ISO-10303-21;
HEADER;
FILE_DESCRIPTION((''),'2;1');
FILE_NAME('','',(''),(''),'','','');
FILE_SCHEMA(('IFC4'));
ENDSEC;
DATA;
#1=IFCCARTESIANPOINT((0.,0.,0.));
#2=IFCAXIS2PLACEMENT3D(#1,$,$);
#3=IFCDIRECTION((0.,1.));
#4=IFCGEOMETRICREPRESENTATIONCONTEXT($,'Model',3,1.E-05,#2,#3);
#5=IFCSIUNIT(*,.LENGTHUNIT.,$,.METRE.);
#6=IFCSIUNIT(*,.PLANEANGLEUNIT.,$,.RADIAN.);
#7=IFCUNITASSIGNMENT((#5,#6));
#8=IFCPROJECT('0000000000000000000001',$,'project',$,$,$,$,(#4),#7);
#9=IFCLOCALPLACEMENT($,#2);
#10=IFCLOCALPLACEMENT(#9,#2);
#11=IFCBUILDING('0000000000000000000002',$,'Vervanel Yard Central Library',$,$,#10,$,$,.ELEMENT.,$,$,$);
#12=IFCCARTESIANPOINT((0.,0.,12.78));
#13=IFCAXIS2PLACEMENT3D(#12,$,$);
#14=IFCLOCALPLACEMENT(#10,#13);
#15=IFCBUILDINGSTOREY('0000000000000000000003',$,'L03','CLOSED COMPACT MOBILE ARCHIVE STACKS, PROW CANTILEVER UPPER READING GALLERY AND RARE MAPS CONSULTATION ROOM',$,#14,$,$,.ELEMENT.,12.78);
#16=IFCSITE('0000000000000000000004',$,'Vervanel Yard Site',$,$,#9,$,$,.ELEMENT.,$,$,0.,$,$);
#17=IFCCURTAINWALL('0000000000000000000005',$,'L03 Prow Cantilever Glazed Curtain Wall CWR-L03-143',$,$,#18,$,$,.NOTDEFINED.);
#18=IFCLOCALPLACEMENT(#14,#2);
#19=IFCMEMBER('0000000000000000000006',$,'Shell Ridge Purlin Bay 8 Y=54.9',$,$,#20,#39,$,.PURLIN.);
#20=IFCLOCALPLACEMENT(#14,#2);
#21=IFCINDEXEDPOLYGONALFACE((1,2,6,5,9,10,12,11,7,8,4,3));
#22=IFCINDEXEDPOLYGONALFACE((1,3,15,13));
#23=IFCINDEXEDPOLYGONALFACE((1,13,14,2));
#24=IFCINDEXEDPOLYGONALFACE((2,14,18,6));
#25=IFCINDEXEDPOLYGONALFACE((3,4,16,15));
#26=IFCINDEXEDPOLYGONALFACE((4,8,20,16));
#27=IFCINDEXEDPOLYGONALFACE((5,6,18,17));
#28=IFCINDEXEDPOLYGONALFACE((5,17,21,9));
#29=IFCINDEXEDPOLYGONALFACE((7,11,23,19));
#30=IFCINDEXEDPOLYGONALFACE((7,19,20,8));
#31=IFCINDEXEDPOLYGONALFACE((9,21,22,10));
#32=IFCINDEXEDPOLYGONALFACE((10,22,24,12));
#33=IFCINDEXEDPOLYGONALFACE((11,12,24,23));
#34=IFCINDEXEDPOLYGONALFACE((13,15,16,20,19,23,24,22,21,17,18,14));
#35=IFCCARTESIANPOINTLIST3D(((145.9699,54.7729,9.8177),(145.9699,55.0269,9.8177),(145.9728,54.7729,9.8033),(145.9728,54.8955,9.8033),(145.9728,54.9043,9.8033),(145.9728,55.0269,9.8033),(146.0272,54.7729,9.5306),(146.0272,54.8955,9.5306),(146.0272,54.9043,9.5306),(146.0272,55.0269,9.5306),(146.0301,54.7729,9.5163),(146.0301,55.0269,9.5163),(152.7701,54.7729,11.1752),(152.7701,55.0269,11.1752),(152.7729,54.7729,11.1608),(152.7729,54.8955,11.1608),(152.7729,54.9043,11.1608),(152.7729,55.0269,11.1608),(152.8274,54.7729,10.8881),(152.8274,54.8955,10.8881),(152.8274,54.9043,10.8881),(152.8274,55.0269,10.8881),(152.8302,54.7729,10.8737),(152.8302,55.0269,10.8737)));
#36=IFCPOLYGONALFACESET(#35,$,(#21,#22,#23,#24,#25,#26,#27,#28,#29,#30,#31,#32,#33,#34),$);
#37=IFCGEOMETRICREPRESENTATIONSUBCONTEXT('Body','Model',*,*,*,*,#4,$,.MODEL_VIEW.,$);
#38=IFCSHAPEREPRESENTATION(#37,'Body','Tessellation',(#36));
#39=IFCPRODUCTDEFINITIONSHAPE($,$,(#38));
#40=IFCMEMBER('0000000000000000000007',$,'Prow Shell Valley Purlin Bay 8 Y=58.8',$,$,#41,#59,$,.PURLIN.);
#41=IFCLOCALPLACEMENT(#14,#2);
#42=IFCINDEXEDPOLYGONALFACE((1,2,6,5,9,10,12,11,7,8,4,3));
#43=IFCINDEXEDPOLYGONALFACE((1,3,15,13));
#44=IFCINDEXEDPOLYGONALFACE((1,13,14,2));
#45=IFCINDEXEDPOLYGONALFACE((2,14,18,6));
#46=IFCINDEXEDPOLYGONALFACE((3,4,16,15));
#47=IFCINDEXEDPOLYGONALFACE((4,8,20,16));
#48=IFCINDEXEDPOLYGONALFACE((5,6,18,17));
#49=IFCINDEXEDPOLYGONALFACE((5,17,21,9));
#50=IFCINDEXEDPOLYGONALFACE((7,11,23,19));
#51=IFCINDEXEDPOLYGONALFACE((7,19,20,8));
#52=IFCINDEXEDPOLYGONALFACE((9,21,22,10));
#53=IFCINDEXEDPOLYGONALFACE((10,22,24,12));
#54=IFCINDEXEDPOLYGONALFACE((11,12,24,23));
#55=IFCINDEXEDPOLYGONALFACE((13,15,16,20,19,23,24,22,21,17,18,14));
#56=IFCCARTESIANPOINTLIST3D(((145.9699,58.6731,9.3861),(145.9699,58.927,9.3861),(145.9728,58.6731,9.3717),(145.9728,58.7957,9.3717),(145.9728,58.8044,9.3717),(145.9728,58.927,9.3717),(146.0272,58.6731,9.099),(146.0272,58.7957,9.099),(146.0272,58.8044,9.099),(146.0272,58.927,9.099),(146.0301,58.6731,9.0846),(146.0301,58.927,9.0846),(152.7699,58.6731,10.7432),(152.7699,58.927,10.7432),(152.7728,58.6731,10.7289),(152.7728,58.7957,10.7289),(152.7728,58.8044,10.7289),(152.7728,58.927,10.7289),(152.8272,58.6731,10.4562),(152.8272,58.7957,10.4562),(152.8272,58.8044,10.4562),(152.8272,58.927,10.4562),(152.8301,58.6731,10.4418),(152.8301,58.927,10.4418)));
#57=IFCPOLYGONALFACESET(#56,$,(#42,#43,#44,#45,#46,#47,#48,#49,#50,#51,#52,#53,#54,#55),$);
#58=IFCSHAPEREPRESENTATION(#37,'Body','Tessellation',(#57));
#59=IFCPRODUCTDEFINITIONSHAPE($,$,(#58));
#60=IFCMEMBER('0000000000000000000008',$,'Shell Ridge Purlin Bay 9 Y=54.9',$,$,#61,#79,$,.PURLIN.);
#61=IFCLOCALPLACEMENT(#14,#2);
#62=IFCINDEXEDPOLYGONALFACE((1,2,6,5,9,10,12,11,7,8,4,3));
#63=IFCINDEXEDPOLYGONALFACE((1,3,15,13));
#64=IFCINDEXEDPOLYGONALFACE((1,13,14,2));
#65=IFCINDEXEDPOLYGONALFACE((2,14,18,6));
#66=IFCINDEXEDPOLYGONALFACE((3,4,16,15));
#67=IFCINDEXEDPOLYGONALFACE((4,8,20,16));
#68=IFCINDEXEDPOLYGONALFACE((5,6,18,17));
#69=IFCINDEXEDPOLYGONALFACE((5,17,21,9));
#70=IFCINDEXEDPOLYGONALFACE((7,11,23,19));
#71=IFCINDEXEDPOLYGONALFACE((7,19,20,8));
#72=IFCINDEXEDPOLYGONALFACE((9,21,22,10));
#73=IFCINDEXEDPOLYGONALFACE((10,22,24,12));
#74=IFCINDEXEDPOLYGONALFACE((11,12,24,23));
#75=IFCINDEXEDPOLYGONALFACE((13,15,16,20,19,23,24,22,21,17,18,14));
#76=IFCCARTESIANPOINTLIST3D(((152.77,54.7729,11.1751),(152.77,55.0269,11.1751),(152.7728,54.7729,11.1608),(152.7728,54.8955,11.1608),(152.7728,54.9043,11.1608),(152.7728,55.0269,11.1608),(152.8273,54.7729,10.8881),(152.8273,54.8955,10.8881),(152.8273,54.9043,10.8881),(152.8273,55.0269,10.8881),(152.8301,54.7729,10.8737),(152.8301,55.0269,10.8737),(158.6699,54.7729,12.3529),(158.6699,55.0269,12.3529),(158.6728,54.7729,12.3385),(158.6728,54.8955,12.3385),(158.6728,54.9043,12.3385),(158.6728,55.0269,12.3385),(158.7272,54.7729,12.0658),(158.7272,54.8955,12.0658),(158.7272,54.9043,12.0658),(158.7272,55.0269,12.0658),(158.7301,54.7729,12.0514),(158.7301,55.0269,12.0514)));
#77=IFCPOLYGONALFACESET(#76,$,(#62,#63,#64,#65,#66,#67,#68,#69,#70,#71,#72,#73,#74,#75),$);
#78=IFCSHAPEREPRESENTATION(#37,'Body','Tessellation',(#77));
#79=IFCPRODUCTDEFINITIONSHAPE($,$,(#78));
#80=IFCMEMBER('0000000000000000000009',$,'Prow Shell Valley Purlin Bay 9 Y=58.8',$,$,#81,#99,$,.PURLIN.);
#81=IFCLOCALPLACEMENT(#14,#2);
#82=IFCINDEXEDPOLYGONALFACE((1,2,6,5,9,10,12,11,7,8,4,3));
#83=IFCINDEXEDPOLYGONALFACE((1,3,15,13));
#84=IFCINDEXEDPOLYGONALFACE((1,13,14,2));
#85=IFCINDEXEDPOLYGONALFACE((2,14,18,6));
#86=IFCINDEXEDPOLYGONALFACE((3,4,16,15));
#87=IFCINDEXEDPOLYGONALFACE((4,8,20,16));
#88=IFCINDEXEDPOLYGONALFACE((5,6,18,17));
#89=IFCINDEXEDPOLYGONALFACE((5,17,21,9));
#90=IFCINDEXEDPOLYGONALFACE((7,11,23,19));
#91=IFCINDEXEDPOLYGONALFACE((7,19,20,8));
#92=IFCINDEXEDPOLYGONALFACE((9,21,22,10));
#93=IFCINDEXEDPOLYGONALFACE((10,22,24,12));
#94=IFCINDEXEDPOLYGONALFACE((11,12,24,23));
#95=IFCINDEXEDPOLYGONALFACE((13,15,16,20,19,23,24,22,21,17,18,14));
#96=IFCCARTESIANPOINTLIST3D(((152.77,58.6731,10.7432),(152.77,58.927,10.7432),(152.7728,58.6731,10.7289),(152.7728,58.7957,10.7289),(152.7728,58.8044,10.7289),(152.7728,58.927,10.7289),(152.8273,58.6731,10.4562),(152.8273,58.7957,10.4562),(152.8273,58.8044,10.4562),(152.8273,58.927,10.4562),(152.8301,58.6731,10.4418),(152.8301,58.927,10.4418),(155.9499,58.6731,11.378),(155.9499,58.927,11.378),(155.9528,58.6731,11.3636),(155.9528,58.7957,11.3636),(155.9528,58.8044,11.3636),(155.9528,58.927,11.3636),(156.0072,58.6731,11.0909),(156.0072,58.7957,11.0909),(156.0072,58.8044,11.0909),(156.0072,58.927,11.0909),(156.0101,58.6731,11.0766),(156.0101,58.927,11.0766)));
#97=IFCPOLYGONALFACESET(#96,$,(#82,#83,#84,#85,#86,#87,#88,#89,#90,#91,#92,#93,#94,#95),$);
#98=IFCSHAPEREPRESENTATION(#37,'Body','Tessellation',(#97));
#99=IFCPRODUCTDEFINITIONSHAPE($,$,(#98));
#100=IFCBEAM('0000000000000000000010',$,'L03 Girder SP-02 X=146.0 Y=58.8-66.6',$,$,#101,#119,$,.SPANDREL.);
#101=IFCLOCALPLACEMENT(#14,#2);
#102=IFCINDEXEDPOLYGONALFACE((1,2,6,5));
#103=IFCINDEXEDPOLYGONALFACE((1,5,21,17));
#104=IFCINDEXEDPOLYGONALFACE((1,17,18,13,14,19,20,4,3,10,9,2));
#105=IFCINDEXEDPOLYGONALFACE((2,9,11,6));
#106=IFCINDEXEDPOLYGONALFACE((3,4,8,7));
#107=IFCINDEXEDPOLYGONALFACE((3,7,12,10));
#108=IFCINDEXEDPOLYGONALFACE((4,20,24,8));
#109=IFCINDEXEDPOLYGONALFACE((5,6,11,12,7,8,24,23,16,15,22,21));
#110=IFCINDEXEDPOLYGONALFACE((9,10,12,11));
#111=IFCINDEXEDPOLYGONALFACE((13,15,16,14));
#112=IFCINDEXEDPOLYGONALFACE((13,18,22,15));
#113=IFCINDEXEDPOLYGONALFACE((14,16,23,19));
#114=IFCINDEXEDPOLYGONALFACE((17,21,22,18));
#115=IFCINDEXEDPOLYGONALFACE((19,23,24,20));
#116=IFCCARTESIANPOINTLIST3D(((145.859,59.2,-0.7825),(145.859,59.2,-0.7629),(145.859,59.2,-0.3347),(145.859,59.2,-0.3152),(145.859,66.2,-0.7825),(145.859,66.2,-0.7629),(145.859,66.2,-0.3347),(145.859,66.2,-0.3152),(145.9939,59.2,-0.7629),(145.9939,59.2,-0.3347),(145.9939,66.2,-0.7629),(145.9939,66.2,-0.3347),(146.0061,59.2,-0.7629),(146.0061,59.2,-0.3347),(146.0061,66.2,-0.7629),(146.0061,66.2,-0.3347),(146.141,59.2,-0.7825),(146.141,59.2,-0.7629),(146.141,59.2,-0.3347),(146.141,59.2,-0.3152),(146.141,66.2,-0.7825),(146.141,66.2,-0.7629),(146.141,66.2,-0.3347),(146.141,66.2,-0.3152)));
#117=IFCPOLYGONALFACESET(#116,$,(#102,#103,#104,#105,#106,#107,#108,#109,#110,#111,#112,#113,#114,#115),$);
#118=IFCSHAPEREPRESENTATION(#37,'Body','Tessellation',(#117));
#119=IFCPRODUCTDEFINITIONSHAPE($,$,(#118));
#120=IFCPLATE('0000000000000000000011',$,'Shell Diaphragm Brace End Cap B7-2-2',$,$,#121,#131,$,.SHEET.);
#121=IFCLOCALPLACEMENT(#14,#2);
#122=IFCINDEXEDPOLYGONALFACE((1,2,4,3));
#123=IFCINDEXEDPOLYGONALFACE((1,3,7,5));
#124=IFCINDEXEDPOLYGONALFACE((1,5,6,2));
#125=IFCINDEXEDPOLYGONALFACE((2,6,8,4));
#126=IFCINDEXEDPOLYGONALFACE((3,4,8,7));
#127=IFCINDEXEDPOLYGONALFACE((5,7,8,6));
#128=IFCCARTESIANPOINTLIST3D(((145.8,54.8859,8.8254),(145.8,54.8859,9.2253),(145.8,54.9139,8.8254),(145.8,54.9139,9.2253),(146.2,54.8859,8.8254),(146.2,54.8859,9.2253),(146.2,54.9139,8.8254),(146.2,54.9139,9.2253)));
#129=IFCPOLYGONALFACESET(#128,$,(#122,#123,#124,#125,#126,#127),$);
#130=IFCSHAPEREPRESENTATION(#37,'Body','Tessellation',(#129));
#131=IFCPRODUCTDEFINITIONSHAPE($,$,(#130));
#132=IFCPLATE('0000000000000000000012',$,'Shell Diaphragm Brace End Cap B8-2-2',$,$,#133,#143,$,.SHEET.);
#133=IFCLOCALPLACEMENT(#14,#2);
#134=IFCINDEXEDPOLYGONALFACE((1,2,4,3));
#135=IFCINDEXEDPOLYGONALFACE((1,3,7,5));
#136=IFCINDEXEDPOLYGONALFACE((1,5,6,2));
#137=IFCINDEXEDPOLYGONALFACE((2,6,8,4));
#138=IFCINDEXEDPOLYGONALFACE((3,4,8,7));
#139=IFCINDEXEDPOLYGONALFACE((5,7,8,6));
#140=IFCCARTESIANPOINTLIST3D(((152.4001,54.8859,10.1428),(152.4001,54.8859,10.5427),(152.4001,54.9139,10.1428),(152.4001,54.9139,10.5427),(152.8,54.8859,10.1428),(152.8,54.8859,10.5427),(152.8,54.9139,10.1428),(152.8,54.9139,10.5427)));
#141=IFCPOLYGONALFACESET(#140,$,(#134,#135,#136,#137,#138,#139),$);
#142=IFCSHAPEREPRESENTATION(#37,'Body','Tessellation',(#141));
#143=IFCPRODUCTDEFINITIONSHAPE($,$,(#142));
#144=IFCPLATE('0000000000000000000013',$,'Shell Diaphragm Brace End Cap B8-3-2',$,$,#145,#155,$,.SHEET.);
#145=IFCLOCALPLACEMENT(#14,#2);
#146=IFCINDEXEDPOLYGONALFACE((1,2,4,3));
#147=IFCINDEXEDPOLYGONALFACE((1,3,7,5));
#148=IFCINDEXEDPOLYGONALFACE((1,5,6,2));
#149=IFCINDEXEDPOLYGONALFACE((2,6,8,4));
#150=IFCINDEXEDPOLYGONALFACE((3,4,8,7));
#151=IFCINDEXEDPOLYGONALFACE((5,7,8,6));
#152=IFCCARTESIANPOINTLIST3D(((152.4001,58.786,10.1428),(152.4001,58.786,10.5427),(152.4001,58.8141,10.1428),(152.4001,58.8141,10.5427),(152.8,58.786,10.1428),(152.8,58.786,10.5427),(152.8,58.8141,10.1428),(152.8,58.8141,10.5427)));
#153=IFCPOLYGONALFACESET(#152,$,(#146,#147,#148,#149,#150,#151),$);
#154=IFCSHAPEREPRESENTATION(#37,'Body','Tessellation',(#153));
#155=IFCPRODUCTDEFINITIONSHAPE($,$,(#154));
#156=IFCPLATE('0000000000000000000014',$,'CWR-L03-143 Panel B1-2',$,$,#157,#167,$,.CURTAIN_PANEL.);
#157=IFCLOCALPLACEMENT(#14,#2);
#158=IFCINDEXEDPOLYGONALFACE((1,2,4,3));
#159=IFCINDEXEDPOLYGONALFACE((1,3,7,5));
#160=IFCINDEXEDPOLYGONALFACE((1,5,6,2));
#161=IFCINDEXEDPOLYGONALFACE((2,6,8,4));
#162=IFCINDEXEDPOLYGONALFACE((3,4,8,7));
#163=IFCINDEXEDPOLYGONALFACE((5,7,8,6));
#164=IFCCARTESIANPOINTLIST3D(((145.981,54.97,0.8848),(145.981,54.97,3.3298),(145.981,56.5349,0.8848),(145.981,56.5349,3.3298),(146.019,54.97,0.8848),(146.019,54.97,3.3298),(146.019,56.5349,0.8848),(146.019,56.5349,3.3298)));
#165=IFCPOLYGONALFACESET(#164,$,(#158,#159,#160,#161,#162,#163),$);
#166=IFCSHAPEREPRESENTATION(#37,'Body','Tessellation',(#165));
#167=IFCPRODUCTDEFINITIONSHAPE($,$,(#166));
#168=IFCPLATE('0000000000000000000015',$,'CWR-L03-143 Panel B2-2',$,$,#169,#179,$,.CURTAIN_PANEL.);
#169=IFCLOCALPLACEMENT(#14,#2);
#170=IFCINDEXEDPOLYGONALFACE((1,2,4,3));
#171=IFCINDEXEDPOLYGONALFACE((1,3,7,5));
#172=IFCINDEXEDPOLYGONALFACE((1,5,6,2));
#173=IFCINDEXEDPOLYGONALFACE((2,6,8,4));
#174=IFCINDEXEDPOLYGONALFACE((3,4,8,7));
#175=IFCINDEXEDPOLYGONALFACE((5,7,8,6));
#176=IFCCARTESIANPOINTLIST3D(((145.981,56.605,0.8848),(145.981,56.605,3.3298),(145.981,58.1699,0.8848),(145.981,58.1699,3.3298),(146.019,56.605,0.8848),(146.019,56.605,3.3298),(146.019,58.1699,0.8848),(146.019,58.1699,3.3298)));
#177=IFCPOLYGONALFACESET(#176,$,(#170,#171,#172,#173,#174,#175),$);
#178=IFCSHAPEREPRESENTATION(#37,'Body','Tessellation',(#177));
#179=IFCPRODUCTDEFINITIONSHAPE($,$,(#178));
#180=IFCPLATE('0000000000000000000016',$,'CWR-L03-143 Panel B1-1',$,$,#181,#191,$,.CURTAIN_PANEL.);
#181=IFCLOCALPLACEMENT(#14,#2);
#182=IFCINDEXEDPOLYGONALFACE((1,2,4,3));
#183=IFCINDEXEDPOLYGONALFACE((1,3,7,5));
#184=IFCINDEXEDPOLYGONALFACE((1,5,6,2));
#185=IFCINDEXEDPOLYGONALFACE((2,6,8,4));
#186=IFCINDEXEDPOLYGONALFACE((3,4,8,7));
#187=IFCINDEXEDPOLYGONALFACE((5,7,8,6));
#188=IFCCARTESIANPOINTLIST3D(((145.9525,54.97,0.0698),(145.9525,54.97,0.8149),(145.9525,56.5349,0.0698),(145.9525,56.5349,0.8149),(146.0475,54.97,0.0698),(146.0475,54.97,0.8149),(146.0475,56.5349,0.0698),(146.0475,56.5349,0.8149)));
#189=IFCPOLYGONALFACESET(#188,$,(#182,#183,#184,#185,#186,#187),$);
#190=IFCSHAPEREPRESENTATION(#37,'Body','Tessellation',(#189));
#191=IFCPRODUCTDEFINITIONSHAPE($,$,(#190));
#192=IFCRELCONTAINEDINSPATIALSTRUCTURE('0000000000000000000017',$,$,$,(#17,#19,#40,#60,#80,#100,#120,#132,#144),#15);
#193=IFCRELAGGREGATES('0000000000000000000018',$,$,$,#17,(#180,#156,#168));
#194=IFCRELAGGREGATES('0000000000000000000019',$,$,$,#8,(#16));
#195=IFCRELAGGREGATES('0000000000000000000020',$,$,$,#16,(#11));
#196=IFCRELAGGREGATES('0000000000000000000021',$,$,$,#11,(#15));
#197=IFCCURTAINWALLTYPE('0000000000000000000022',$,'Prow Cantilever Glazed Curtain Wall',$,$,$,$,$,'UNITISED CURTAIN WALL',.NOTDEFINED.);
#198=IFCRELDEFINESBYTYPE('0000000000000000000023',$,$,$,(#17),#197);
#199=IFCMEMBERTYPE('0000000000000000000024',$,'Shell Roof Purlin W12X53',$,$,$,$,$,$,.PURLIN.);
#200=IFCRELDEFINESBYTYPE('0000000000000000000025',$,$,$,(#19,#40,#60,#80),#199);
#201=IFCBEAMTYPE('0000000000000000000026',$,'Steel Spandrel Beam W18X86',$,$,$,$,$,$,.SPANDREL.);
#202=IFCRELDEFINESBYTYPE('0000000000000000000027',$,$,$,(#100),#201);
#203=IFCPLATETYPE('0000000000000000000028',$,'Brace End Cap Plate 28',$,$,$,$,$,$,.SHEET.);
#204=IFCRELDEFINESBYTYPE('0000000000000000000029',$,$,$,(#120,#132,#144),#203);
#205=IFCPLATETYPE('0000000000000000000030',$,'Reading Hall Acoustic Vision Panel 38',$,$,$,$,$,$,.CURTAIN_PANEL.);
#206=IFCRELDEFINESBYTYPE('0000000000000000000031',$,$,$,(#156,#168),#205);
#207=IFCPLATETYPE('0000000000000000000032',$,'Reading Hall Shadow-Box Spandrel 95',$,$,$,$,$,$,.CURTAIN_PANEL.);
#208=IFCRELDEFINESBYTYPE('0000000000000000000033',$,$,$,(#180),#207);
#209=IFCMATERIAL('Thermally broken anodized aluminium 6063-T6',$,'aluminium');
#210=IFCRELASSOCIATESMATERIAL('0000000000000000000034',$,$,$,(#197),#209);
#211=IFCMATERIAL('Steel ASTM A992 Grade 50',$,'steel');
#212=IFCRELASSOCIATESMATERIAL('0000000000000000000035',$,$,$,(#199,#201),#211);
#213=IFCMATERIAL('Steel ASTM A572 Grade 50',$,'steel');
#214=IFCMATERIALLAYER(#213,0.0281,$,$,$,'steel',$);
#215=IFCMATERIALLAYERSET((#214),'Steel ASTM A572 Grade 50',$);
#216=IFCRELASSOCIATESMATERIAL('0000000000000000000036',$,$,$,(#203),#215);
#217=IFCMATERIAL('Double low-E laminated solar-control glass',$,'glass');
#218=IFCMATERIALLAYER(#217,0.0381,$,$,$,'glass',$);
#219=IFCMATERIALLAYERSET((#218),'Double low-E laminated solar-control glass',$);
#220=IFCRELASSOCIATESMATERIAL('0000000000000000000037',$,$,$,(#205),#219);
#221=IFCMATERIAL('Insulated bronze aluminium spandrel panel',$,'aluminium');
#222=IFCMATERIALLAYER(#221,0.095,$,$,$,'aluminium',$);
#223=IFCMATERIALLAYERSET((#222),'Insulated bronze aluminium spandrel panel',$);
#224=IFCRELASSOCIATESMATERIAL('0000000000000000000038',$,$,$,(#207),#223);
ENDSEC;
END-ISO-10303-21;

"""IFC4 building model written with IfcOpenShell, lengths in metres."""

from ifc_helpers import new_model, si_unit, direction, frame, origin, origin_2d, place, context, subcontext, project, spatial, rectangle, i_section, extrude, material, layer, layer_set, material_profile, profile_set, type_object, element, aggregate, save


model = new_model("IFC4")

# Units and contexts
model_context = context("Model", 3, precision=1e-05, world=origin(), true_north=direction((0.0, 1.0)))
body_context = subcontext(model_context, "Body", "Model", "MODEL_VIEW")
ifc_project = project(units=[si_unit("LENGTHUNIT", "METRE"), si_unit("PLANEANGLEUNIT", "RADIAN")], contexts=[model_context])

# Site, building, storey
site_placement = place(None, origin())
site = spatial("IfcSite", under=ifc_project, at=site_placement, Name="Vervanel Yard Site", CompositionType="ELEMENT", RefElevation=0.0)
building_placement = place(site_placement, origin())
building = spatial("IfcBuilding", under=site, at=building_placement, Name="Vervanel Yard Central Library", CompositionType="ELEMENT")
storey_placement = place(building_placement, frame((0.0, 0.0, 12.78)))
storey = spatial("IfcBuildingStorey", under=building, at=storey_placement, Name="L03", Description="CLOSED COMPACT MOBILE ARCHIVE STACKS, PROW CANTILEVER UPPER READING GALLERY AND RARE MAPS CONSULTATION ROOM", CompositionType="ELEMENT", Elevation=12.78)

# Curtain wall
ifc_material_1 = material(Name="Thermally broken anodized aluminium 6063-T6", Category="aluminium")
curtain_wall_type = type_object("IfcCurtainWallType", Name="Prow Cantilever Glazed Curtain Wall", ElementType="UNITISED CURTAIN WALL", PredefinedType="NOTDEFINED", material=ifc_material_1)
curtain_wall_1_placement = place(storey_placement, origin())
curtain_wall_1 = element("IfcCurtainWall", 1, at=curtain_wall_1_placement, inside=storey, type_object=curtain_wall_type, Name="L03 Prow Cantilever Glazed Curtain Wall CWR-L03-143", PredefinedType="NOTDEFINED")

# Members
ifc_material_2 = material(Name="Steel ASTM A992 Grade 50", Category="steel")
ifc_material_profile_1 = material_profile(ifc_material_2, i_section(OverallWidth=0.2539, OverallDepth=0.3074, WebThickness=0.0088, FlangeThickness=0.0146, at=origin_2d()), Name="W12X53", Category="steel")
ifc_profile_set_1 = profile_set([ifc_material_profile_1], Name="Steel ASTM A992 Grade 50")
member_type_1 = type_object("IfcMemberType", Name="Shell Roof Purlin W12X53", PredefinedType="PURLIN", material=ifc_profile_set_1)
member_1_placement = place(storey_placement, frame((146.0, 54.8999, 9.667), z_axis=(0.980652, 0.0, 0.195757), x_axis=(0.0, 1.0, 0.0)))
element("IfcMember", 2, at=member_1_placement, inside=storey, type_object=member_type_1, Name="Shell Ridge Purlin Bay 8 Y=54.9", PredefinedType="PURLIN", context=body_context, shape_type="SweptSolid", body=[
    extrude(i_section(OverallWidth=0.2539, OverallDepth=0.3074, WebThickness=0.0088, FlangeThickness=0.0146, at=origin_2d()), origin(), (0.0, 0.0, 1.0), 6.9343),
])
member_2_placement = place(storey_placement, frame((146.0, 58.8, 9.2354), z_axis=(0.980659, 0.0, 0.195723), x_axis=(0.0, 1.0, 0.0)))
element("IfcMember", 3, at=member_2_placement, inside=storey, type_object=member_type_1, Name="Prow Shell Valley Purlin Bay 8 Y=58.8", PredefinedType="PURLIN", context=body_context, shape_type="SweptSolid", body=[
    extrude(i_section(OverallWidth=0.2539, OverallDepth=0.3074, WebThickness=0.0088, FlangeThickness=0.0146, at=origin_2d()), origin(), (0.0, 0.0, 1.0), 6.9341),
])
member_3_placement = place(storey_placement, frame((152.8, 54.8999, 11.0244), z_axis=(0.980652, 0.0, 0.195757), x_axis=(0.0, 1.0, 0.0)))
element("IfcMember", 4, at=member_3_placement, inside=storey, type_object=member_type_1, Name="Shell Ridge Purlin Bay 9 Y=54.9", PredefinedType="PURLIN", context=body_context, shape_type="SweptSolid", body=[
    extrude(i_section(OverallWidth=0.2539, OverallDepth=0.3074, WebThickness=0.0088, FlangeThickness=0.0146, at=origin_2d()), origin(), (0.0, 0.0, 1.0), 6.0164),
])
member_4_placement = place(storey_placement, frame((152.8, 58.8, 10.5925), z_axis=(0.980653, 0.0, 0.195754), x_axis=(0.0, 1.0, 0.0)))
element("IfcMember", 5, at=member_4_placement, inside=storey, type_object=member_type_1, Name="Prow Shell Valley Purlin Bay 9 Y=58.8", PredefinedType="PURLIN", context=body_context, shape_type="SweptSolid", body=[
    extrude(i_section(OverallWidth=0.2539, OverallDepth=0.3074, WebThickness=0.0088, FlangeThickness=0.0146, at=origin_2d()), origin(), (0.0, 0.0, 1.0), 3.2427),
])

# Beam
ifc_material_profile_2 = material_profile(ifc_material_2, i_section(OverallWidth=0.282, OverallDepth=0.4673, WebThickness=0.0122, FlangeThickness=0.0195, at=origin_2d()), Name="W18X86", Category="steel")
ifc_profile_set_2 = profile_set([ifc_material_profile_2], Name="Steel ASTM A992 Grade 50")
beam_type = type_object("IfcBeamType", Name="Steel Spandrel Beam W18X86", PredefinedType="SPANDREL", material=ifc_profile_set_2)
beam_placement = place(storey_placement, frame((146.0, 59.2, -0.5488), z_axis=(0.0, 1.0, 0.0), x_axis=(-1.0, 0.0, 0.0)))
element("IfcBeam", 6, at=beam_placement, inside=storey, type_object=beam_type, Name="L03 Girder SP-02 X=146.0 Y=58.8-66.6", PredefinedType="SPANDREL", context=body_context, shape_type="SweptSolid", body=[
    extrude(i_section(OverallWidth=0.282, OverallDepth=0.4673, WebThickness=0.0122, FlangeThickness=0.0195, at=origin_2d()), origin(), (0.0, 0.0, 1.0), 7.0),
])

# Plates
ifc_material_3 = material(Name="Steel ASTM A572 Grade 50", Category="steel")
ifc_layer_1 = layer(ifc_material_3, 0.0281, Category="steel")
ifc_layer_set_1 = layer_set([ifc_layer_1], Name="Steel ASTM A572 Grade 50")
plate_type_1 = type_object("IfcPlateType", Name="Brace End Cap Plate 28", PredefinedType="SHEET", material=ifc_layer_set_1)
for number, where, z_axis, x_axis, name in (
    (7, (146.0, 54.8999, 8.8254), (0.0, 0.0, 1.0), (1.0, 0.0, 0.0), "Shell Diaphragm Brace End Cap B7-2-2"),
    (8, (152.6001, 54.8999, 10.1428), (0.0, 0.0, 1.0), (1.0, 0.0, 0.0), "Shell Diaphragm Brace End Cap B8-2-2"),
    (9, (152.6001, 58.8, 10.1428), (0.0, 0.0, 1.0), (1.0, 0.0, 0.0), "Shell Diaphragm Brace End Cap B8-3-2"),
):
    element("IfcPlate", number, at=place(storey_placement, frame(where, z_axis=z_axis, x_axis=x_axis)), inside=storey, type_object=plate_type_1, Name=name, PredefinedType="SHEET", context=body_context, shape_type="SweptSolid", body=[
        extrude(rectangle(XDim=0.3999, YDim=0.0281, at=origin_2d()), origin(), (0.0, 0.0, 1.0), 0.3999),
    ])

# Plates
ifc_material_4 = material(Name="Double low-E laminated solar-control glass", Category="glass")
ifc_layer_2 = layer(ifc_material_4, 0.0381, Category="glass")
ifc_layer_set_2 = layer_set([ifc_layer_2], Name="Double low-E laminated solar-control glass")
plate_type_2 = type_object("IfcPlateType", Name="Reading Hall Acoustic Vision Panel 38", PredefinedType="CURTAIN_PANEL", material=ifc_layer_set_2)
plate_1_placement = place(storey_placement, frame((146.0, 55.7524, 0.8848), z_axis=(0.0, 0.0, 1.0), x_axis=(0.0, 1.0, 0.0)))
plate_1 = element("IfcPlate", 10, at=plate_1_placement, type_object=plate_type_2, Name="CWR-L03-143 Panel B1-2", PredefinedType="CURTAIN_PANEL", context=body_context, shape_type="SweptSolid", body=[
    extrude(rectangle(XDim=1.5649, YDim=0.0381, at=origin_2d()), origin(), (0.0, 0.0, 1.0), 2.4451),
])
plate_2_placement = place(storey_placement, frame((146.0, 57.3875, 0.8848), z_axis=(0.0, 0.0, 1.0), x_axis=(0.0, 1.0, 0.0)))
plate_2 = element("IfcPlate", 11, at=plate_2_placement, type_object=plate_type_2, Name="CWR-L03-143 Panel B2-2", PredefinedType="CURTAIN_PANEL", context=body_context, shape_type="SweptSolid", body=[
    extrude(rectangle(XDim=1.5649, YDim=0.0381, at=origin_2d()), origin(), (0.0, 0.0, 1.0), 2.4451),
])
ifc_material_5 = material(Name="Insulated bronze aluminium spandrel panel", Category="aluminium")
ifc_layer_3 = layer(ifc_material_5, 0.095, Category="aluminium")
ifc_layer_set_3 = layer_set([ifc_layer_3], Name="Insulated bronze aluminium spandrel panel")
plate_type_3 = type_object("IfcPlateType", Name="Reading Hall Shadow-Box Spandrel 95", PredefinedType="CURTAIN_PANEL", material=ifc_layer_set_3)
plate_3_placement = place(storey_placement, frame((146.0, 55.7524, 0.0698), z_axis=(0.0, 0.0, 1.0), x_axis=(0.0, 1.0, 0.0)))
plate_3 = element("IfcPlate", 12, at=plate_3_placement, type_object=plate_type_3, Name="CWR-L03-143 Panel B1-1", PredefinedType="CURTAIN_PANEL", context=body_context, shape_type="SweptSolid", body=[
    extrude(rectangle(XDim=1.5649, YDim=0.095, at=origin_2d()), origin(), (0.0, 0.0, 1.0), 0.7451),
])
aggregate(curtain_wall_1, [plate_3, plate_1, plate_2])

save(model, "model.ifc")
